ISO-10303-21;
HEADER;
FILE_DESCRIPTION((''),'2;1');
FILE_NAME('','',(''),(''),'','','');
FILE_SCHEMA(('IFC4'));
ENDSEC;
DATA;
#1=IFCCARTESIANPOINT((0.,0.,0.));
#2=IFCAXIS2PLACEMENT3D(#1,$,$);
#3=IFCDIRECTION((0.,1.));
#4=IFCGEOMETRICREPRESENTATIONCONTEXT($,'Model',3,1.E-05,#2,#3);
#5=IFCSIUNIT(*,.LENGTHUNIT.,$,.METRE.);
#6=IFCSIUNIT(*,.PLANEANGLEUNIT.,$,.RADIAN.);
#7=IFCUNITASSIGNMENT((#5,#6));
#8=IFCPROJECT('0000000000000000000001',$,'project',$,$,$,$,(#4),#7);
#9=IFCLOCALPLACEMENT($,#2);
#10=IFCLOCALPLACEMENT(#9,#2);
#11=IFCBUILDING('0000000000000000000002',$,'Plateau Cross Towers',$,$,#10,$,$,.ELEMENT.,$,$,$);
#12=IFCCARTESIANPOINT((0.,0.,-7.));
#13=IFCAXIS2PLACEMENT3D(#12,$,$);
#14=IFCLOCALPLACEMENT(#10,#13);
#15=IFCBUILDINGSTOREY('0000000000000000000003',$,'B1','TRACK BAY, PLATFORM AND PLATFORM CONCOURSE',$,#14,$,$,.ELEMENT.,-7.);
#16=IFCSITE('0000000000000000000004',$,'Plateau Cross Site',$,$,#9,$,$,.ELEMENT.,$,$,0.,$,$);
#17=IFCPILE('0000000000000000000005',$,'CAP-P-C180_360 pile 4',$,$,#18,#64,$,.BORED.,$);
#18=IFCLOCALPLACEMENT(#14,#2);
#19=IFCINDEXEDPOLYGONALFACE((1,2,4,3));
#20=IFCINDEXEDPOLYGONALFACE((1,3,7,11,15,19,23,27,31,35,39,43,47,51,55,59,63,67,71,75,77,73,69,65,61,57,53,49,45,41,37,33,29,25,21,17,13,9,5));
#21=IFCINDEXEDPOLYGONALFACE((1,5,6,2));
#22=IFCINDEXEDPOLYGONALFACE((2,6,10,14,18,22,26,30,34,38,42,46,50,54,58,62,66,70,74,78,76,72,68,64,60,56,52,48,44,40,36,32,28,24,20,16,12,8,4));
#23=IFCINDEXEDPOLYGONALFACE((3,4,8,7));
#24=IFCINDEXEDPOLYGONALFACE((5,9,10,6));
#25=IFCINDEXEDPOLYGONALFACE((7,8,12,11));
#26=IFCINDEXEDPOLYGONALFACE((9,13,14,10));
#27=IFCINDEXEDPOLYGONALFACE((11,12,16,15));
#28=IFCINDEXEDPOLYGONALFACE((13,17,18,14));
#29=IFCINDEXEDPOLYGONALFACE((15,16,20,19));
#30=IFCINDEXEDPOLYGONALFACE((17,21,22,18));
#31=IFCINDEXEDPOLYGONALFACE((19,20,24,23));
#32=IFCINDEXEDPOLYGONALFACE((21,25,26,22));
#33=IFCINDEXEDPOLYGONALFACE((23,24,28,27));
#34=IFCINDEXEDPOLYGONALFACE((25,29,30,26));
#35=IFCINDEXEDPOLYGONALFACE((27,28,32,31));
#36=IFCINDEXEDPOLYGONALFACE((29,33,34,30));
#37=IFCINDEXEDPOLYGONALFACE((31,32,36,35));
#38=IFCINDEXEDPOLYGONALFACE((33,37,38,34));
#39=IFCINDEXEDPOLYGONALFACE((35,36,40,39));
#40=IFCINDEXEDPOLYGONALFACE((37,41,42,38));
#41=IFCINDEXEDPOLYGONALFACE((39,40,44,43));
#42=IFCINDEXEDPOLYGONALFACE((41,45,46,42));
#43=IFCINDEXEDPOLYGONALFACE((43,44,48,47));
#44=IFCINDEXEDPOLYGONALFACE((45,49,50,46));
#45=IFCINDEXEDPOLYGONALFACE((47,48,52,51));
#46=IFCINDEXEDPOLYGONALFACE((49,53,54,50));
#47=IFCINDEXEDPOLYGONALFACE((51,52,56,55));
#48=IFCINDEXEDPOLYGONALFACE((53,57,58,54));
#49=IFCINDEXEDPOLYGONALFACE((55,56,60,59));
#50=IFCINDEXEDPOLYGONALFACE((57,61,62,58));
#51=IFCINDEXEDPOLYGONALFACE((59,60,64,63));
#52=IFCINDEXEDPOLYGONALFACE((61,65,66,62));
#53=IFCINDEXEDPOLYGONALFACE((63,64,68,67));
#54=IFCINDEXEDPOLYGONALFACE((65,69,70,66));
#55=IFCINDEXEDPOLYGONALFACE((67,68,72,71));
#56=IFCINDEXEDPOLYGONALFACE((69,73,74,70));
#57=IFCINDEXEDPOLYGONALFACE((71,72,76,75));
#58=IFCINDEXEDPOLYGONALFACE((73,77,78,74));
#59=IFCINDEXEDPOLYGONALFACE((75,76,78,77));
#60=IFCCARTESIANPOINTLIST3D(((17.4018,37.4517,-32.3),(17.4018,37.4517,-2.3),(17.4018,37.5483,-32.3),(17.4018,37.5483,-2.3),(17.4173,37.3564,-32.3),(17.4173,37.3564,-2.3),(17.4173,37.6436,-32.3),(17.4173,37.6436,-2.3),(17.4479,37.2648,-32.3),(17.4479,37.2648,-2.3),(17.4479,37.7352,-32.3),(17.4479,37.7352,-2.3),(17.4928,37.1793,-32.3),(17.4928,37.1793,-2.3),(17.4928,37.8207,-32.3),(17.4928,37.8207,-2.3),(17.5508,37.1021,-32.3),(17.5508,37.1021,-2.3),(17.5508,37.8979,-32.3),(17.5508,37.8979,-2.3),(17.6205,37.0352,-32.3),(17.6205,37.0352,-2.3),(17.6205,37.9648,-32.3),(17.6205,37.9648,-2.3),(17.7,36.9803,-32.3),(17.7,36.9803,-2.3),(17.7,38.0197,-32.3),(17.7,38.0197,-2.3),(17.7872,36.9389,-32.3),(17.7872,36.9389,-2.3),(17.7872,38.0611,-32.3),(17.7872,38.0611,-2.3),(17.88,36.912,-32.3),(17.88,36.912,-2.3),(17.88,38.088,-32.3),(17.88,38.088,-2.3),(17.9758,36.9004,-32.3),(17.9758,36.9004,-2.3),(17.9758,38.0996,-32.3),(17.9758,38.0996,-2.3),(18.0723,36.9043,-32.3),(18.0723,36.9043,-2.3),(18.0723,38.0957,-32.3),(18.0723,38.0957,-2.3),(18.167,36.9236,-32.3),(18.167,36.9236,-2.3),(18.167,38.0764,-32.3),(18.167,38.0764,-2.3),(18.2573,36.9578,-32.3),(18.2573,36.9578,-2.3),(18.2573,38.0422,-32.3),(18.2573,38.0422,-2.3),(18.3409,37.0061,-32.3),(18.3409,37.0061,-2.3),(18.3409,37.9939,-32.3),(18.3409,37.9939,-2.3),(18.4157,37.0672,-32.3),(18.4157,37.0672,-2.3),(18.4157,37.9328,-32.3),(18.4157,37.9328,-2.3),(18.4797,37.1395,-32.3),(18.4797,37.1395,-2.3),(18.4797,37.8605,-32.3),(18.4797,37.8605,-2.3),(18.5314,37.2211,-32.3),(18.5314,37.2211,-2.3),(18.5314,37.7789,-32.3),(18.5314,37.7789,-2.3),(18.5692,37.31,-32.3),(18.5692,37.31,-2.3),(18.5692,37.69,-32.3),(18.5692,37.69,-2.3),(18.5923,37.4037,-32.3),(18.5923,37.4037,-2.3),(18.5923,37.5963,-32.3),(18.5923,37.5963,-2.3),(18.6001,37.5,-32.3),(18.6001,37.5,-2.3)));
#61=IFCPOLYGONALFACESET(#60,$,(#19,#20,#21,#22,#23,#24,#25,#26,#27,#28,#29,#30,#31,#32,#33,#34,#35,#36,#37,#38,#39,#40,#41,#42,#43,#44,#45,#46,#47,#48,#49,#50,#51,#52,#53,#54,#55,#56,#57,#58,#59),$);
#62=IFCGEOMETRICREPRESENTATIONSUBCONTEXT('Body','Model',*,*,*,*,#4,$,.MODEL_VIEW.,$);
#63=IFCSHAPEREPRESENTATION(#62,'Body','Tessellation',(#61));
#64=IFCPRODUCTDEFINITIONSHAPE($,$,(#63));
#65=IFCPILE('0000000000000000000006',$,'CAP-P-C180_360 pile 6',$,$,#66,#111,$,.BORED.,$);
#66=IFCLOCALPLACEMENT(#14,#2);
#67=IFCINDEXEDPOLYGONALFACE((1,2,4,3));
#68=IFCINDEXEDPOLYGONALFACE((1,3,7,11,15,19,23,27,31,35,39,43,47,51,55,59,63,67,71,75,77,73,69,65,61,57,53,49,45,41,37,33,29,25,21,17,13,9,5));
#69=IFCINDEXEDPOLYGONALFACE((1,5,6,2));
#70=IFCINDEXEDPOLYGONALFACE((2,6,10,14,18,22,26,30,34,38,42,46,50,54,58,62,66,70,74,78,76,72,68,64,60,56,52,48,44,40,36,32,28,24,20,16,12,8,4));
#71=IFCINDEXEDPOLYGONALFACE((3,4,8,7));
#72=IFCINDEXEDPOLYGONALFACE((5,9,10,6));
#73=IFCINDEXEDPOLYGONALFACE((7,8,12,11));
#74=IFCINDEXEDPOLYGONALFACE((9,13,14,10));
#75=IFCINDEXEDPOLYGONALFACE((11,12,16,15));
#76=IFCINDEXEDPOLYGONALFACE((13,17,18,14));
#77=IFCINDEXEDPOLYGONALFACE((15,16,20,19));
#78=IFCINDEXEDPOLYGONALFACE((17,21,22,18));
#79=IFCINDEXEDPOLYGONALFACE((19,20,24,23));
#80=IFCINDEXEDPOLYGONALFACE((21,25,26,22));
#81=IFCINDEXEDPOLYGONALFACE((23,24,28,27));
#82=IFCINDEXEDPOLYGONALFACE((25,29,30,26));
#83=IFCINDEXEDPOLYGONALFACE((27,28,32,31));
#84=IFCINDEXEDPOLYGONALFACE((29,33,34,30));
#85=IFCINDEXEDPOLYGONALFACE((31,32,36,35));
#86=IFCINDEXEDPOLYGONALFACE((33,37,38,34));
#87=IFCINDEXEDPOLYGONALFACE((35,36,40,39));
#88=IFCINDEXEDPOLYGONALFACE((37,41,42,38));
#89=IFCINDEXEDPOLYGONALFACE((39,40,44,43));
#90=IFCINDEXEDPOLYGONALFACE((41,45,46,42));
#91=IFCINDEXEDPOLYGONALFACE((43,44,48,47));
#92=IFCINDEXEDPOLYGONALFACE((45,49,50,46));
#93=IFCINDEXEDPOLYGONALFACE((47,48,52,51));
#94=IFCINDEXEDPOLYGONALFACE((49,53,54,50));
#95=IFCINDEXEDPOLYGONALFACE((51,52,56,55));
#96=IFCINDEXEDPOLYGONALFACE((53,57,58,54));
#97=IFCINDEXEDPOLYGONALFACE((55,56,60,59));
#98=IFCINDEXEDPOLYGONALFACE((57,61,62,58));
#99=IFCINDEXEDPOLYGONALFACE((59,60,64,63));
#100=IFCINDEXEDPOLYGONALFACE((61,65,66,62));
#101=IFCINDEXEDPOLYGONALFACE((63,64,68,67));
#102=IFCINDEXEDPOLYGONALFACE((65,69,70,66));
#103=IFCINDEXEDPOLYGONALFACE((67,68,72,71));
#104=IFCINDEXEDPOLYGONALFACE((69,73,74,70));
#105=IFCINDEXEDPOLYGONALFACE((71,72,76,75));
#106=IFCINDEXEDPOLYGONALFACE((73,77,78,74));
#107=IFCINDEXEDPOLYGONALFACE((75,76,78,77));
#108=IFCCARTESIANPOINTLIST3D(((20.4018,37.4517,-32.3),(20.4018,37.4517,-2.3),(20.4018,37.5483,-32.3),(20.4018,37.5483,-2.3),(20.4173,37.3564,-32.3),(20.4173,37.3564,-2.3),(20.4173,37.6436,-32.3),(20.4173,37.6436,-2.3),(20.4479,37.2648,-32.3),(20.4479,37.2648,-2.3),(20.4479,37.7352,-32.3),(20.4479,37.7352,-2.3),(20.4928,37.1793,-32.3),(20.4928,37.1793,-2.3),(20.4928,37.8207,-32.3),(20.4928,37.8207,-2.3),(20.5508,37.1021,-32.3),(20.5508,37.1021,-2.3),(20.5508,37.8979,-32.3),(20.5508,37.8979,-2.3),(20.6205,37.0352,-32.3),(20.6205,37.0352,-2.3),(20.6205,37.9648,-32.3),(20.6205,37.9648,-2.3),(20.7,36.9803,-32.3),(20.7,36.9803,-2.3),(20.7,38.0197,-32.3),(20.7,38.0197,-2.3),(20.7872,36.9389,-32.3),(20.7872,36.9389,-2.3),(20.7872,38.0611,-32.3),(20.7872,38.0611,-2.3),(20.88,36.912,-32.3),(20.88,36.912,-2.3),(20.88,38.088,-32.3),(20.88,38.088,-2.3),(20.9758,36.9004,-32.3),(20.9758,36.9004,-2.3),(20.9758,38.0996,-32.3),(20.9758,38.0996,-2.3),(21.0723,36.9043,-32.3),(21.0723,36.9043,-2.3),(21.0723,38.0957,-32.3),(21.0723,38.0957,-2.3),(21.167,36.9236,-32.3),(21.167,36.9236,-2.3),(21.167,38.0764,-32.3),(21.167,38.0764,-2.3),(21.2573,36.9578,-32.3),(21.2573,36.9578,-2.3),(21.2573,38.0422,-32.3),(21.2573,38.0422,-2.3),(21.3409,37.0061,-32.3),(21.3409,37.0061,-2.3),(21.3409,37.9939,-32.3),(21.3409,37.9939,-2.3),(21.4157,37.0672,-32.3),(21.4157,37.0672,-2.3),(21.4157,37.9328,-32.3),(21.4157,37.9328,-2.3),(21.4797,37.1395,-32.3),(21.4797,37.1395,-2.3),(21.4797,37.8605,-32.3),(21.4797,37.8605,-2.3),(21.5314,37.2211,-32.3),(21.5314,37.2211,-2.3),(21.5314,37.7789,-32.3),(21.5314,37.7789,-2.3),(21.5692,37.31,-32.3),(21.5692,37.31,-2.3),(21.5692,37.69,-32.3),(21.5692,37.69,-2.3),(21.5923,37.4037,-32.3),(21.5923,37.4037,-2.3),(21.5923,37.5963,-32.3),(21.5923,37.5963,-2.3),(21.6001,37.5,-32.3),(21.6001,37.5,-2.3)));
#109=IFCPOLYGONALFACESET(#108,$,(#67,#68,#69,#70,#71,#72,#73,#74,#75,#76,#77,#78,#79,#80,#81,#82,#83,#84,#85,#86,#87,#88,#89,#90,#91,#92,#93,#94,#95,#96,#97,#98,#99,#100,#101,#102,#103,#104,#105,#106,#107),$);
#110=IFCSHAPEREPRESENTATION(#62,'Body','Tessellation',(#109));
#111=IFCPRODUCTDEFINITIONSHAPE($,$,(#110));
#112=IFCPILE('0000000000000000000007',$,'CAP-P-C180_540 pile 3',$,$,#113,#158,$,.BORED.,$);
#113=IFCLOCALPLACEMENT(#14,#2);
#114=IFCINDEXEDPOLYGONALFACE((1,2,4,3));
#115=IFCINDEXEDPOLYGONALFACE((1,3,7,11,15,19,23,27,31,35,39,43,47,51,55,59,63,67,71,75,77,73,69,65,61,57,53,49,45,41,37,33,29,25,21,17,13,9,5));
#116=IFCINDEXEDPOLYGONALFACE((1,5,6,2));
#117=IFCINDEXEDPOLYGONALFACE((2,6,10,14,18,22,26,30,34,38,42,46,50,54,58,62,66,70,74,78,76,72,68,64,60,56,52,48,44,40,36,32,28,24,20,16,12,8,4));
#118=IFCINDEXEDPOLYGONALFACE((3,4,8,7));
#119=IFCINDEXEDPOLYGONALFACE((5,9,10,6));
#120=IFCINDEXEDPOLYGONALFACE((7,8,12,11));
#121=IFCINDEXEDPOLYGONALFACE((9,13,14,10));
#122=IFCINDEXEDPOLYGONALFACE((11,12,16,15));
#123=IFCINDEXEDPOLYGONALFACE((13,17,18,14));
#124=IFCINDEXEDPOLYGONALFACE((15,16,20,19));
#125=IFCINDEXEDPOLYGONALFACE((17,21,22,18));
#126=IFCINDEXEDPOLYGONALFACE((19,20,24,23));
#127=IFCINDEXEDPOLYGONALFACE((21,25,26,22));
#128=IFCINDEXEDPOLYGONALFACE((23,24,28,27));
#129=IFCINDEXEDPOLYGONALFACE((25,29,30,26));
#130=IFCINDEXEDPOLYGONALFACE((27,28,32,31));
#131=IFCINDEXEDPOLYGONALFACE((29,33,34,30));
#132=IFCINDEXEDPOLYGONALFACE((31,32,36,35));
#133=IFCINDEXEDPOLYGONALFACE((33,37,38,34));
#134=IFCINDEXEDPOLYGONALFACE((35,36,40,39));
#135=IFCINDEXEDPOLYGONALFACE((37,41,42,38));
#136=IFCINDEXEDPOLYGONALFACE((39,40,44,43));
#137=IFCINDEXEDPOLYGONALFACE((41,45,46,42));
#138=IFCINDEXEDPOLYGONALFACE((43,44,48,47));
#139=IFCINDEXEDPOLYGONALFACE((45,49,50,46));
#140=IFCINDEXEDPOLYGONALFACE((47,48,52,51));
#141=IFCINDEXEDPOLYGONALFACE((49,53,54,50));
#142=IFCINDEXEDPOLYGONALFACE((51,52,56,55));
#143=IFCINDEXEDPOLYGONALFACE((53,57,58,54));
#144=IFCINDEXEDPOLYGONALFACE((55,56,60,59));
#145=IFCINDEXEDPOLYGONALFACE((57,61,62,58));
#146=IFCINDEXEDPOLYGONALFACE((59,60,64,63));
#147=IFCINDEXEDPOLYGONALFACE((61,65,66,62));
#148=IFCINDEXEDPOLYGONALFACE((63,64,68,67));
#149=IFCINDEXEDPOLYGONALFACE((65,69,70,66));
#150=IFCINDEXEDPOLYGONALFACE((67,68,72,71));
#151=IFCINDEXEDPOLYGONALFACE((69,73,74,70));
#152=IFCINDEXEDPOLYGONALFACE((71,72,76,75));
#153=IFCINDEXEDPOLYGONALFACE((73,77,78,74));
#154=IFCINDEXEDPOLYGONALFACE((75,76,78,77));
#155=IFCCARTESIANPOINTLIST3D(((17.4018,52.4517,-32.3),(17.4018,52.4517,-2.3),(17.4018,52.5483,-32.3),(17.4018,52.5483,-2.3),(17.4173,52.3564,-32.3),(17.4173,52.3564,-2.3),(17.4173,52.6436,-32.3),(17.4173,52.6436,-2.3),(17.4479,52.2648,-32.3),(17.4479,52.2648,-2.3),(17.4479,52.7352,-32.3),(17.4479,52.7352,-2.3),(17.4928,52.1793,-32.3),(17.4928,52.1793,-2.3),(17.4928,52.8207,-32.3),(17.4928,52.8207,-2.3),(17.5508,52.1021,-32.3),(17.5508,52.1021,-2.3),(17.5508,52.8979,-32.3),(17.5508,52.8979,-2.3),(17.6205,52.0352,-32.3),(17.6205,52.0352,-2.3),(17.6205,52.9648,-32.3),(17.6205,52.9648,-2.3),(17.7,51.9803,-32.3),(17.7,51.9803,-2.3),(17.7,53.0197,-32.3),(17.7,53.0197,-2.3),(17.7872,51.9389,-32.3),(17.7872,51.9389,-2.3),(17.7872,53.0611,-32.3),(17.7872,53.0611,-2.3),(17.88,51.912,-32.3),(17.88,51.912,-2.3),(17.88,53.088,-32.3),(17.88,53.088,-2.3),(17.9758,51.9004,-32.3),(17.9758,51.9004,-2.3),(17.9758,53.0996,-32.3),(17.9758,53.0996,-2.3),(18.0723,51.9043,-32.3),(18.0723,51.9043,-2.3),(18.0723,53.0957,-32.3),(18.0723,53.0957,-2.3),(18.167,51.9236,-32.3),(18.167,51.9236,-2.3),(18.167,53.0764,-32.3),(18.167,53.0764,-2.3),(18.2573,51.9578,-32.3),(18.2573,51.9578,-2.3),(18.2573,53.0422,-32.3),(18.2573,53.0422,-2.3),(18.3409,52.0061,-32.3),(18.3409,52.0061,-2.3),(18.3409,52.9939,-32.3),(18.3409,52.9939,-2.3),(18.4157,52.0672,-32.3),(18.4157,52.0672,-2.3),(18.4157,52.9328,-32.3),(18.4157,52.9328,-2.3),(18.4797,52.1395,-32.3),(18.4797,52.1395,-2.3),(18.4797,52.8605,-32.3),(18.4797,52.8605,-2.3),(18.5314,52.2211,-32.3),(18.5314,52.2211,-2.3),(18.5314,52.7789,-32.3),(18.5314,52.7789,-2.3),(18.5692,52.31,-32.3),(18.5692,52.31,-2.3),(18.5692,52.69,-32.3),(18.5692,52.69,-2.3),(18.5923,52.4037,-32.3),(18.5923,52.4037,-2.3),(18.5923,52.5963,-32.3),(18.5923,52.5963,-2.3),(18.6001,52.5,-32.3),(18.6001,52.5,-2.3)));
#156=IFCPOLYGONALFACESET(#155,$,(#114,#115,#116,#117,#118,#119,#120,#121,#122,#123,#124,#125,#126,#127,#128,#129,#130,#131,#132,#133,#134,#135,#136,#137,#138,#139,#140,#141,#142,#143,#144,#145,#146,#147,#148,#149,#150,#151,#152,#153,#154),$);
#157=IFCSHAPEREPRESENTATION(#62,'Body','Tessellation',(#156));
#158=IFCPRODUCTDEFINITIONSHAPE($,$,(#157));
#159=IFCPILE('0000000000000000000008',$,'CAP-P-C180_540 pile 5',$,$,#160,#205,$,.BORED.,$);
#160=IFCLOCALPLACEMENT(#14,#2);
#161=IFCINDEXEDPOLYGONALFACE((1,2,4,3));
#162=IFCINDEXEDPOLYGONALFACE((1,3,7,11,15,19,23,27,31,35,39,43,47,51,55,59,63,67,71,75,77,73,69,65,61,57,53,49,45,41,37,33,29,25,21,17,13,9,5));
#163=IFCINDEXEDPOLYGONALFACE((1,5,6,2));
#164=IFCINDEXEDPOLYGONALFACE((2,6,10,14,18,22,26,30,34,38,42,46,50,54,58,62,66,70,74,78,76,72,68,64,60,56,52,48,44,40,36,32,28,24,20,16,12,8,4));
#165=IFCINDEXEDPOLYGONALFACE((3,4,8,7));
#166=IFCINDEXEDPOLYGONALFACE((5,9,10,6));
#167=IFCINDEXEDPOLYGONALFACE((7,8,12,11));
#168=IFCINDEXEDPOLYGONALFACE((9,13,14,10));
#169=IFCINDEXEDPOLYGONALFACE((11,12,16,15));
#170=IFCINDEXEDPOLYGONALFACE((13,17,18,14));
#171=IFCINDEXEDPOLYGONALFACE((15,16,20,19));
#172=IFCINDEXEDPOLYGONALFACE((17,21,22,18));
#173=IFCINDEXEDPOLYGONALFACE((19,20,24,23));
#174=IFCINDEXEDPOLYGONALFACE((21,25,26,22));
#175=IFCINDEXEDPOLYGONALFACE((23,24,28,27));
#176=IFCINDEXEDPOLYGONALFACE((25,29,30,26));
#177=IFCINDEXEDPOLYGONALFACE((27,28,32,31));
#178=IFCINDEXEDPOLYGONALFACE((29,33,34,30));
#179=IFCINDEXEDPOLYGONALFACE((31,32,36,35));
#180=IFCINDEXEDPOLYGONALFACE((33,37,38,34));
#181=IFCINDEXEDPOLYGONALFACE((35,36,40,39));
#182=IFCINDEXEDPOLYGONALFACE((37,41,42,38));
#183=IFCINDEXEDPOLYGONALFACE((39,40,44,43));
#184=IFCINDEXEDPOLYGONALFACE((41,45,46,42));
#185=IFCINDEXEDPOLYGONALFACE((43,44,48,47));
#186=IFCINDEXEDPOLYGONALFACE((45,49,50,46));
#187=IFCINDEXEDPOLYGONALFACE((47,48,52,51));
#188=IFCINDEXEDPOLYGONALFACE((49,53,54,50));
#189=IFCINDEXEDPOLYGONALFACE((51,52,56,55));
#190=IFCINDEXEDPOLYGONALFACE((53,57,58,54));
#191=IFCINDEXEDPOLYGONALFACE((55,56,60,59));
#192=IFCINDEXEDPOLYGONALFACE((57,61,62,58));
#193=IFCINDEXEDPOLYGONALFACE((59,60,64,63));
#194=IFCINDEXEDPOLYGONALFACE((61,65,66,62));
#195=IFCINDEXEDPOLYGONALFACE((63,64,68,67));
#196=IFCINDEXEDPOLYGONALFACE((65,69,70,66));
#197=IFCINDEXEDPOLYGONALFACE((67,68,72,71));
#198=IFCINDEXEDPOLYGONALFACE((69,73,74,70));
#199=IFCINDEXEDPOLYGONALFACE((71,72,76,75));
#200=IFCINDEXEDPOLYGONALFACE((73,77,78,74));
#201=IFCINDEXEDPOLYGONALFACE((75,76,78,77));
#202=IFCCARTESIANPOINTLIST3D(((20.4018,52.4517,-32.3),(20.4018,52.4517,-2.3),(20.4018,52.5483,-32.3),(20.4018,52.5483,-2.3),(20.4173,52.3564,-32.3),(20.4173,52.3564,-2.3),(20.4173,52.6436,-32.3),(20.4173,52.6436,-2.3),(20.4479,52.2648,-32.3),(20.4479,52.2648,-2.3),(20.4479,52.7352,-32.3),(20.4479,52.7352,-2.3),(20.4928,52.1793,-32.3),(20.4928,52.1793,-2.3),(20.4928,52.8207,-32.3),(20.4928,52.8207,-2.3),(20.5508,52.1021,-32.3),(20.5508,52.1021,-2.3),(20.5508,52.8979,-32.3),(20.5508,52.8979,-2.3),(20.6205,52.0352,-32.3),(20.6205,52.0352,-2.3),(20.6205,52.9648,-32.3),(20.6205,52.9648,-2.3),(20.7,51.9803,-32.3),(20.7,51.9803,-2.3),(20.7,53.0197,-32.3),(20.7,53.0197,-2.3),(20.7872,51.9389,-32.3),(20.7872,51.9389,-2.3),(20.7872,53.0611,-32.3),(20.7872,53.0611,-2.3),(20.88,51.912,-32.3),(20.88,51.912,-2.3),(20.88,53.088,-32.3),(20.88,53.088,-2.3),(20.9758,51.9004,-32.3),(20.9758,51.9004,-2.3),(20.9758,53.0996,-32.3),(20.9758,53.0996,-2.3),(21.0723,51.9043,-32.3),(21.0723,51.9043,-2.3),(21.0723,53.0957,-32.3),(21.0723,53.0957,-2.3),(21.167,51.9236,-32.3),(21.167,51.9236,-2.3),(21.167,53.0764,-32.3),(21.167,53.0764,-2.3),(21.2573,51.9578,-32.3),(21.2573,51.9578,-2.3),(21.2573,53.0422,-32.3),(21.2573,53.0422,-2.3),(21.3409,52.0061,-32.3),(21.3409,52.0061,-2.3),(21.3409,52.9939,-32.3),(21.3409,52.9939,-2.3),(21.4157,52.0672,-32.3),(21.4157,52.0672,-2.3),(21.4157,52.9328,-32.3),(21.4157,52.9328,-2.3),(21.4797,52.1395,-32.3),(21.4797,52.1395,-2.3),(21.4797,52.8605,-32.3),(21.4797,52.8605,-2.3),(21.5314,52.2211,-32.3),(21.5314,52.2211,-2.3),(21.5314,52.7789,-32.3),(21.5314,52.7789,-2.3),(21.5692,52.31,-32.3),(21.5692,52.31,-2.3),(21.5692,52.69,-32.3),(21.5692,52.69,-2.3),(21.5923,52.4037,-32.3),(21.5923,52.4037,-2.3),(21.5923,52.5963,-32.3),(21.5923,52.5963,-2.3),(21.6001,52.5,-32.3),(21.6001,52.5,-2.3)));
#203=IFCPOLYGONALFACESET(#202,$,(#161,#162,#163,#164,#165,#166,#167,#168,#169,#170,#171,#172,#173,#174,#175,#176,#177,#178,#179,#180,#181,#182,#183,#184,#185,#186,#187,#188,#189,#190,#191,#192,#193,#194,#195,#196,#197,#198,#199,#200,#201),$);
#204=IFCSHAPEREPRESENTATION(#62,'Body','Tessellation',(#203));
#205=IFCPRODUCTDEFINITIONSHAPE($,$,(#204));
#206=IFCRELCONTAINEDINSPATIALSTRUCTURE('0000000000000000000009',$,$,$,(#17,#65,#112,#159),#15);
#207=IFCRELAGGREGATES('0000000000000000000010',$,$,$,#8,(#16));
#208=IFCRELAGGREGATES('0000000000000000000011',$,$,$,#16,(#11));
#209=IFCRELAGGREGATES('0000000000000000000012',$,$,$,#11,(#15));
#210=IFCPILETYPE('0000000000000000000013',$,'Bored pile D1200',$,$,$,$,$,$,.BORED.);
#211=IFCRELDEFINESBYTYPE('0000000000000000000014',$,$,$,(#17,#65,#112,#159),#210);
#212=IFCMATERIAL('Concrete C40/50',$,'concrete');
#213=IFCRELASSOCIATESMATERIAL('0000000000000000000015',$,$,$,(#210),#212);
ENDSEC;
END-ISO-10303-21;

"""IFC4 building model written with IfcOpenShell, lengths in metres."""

from ifc_helpers import new_model, si_unit, direction, frame, origin, origin_2d, place, context, subcontext, project, spatial, circle, extrude, material, material_profile, profile_set, type_object, element, save


model = new_model("IFC4")

# Units and contexts
model_context = context("Model", 3, precision=1e-05, world=origin(), true_north=direction((0.0, 1.0)))
body_context = subcontext(model_context, "Body", "Model", "MODEL_VIEW")
ifc_project = project(units=[si_unit("LENGTHUNIT", "METRE"), si_unit("PLANEANGLEUNIT", "RADIAN")], contexts=[model_context])

# Site, building, storey
site_placement = place(None, origin())
site = spatial("IfcSite", under=ifc_project, at=site_placement, Name="Plateau Cross Site", CompositionType="ELEMENT", RefElevation=0.0)
building_placement = place(site_placement, origin())
building = spatial("IfcBuilding", under=site, at=building_placement, Name="Plateau Cross Towers", CompositionType="ELEMENT")
storey_placement = place(building_placement, frame((0.0, 0.0, -7.0)))
storey = spatial("IfcBuildingStorey", under=building, at=storey_placement, Name="B1", Description="TRACK BAY, PLATFORM AND PLATFORM CONCOURSE", CompositionType="ELEMENT", Elevation=-7.0)

# Piles
ifc_material_1 = material(Name="Concrete C40/50", Category="concrete")
ifc_material_profile_1 = material_profile(ifc_material_1, circle(Radius=0.6001, at=origin_2d()), Name="Bored pile D1200")
ifc_profile_set_1 = profile_set([ifc_material_profile_1], Name="Concrete C40/50")
pile_type = type_object("IfcPileType", Name="Bored pile D1200", PredefinedType="BORED", material=ifc_profile_set_1)
for number, where, z_axis, x_axis, name in (
    (1, (18.0, 37.5, -2.3), (0.0, 0.0, -1.0), (1.0, 0.0, 0.0), "CAP-P-C180_360 pile 4"),
    (2, (21.0, 37.5, -2.3), (0.0, 0.0, -1.0), (1.0, 0.0, 0.0), "CAP-P-C180_360 pile 6"),
    (3, (18.0, 52.5, -2.3), (0.0, 0.0, -1.0), (1.0, 0.0, 0.0), "CAP-P-C180_540 pile 3"),
    (4, (21.0, 52.5, -2.3), (0.0, 0.0, -1.0), (1.0, 0.0, 0.0), "CAP-P-C180_540 pile 5"),
):
    element("IfcPile", number, at=place(storey_placement, frame(where, z_axis=z_axis, x_axis=x_axis)), inside=storey, type_object=pile_type, Name=name, PredefinedType="BORED", context=body_context, shape_type="SweptSolid", body=[
        extrude(circle(Radius=0.6001, at=origin_2d()), origin(), (0.0, 0.0, 1.0), 30.0),
    ])

save(model, "model.ifc")
